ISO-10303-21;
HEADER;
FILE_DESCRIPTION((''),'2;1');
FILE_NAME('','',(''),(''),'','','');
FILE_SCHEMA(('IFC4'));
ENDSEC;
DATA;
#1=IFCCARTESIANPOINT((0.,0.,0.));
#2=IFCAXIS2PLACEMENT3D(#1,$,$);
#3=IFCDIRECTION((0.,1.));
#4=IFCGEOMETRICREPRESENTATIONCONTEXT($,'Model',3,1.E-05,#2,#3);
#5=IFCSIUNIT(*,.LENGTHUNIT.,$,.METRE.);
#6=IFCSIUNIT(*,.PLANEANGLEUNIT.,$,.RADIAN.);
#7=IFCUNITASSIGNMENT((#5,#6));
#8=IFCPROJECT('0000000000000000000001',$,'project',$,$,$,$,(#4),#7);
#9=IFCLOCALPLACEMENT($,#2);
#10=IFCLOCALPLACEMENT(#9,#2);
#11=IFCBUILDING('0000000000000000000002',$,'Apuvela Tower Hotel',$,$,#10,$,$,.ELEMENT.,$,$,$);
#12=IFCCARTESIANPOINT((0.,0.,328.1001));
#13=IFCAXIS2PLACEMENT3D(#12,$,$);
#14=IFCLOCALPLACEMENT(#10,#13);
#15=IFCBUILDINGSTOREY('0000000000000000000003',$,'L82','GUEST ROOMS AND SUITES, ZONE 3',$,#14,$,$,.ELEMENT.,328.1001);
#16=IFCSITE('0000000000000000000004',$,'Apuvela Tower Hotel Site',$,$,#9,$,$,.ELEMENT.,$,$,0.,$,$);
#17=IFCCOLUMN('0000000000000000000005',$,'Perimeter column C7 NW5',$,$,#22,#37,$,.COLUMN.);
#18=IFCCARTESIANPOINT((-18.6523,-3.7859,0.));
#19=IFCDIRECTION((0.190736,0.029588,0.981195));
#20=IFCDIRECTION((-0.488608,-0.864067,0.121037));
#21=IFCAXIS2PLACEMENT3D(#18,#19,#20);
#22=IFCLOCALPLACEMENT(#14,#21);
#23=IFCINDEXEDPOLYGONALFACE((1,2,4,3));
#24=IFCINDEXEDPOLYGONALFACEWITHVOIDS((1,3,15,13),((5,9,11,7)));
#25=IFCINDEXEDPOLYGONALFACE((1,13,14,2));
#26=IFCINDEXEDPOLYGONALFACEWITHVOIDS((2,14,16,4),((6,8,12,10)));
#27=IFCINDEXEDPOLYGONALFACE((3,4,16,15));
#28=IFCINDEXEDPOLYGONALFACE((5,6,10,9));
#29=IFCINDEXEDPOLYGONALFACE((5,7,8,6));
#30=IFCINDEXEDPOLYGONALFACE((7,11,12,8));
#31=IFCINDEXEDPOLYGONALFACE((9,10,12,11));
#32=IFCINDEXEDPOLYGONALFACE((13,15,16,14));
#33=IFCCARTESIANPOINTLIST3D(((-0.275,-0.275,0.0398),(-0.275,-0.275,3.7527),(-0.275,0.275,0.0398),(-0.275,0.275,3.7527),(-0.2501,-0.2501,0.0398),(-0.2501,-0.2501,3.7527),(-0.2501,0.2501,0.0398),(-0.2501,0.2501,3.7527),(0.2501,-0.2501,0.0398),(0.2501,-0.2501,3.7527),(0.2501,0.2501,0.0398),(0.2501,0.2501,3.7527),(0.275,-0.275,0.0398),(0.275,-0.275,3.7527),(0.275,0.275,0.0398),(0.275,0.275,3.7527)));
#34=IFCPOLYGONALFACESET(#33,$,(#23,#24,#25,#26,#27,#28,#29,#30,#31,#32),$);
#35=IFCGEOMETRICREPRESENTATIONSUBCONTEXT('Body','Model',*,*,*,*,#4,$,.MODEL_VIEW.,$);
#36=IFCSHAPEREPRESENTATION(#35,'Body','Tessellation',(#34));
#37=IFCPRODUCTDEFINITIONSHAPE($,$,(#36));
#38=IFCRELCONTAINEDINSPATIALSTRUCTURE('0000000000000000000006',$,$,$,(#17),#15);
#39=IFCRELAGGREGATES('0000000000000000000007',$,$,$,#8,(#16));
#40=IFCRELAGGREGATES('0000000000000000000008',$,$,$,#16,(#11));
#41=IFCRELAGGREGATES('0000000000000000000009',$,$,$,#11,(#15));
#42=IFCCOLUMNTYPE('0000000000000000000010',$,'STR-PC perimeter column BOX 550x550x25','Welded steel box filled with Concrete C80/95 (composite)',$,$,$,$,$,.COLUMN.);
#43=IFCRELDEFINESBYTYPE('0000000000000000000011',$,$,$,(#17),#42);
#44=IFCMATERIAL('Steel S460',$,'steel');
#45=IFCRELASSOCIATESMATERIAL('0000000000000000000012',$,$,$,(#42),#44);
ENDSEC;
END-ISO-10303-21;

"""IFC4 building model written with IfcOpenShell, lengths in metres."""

from ifc_helpers import new_model, si_unit, direction, frame, origin, origin_2d, place, context, subcontext, project, spatial, rectangle, hollow_rectangle, extrude, boolean, halfspace, material, material_profile, profile_set, type_object, element, save


model = new_model("IFC4")

# Units and contexts
model_context = context("Model", 3, precision=1e-05, world=origin(), true_north=direction((0.0, 1.0)))
body_context = subcontext(model_context, "Body", "Model", "MODEL_VIEW")
ifc_project = project(units=[si_unit("LENGTHUNIT", "METRE"), si_unit("PLANEANGLEUNIT", "RADIAN")], contexts=[model_context])

# Site, building, storey
site_placement = place(None, origin())
site = spatial("IfcSite", under=ifc_project, at=site_placement, Name="Apuvela Tower Hotel Site", CompositionType="ELEMENT", RefElevation=0.0)
building_placement = place(site_placement, origin())
building = spatial("IfcBuilding", under=site, at=building_placement, Name="Apuvela Tower Hotel", CompositionType="ELEMENT")
storey_placement = place(building_placement, frame((0.0, 0.0, 328.1001)))
storey = spatial("IfcBuildingStorey", under=building, at=storey_placement, Name="L82", Description="GUEST ROOMS AND SUITES, ZONE 3", CompositionType="ELEMENT", Elevation=328.1001)

# Column
ifc_material_1 = material(Name="Steel S460", Category="steel")
ifc_material_profile_1 = material_profile(ifc_material_1, hollow_rectangle(XDim=0.55, YDim=0.55, WallThickness=0.0249, at=origin_2d()), Name="BOX 550x550x25")
ifc_material_2 = material(Name="Concrete C80/95", Category="concrete")
ifc_material_profile_2 = material_profile(ifc_material_2, rectangle(XDim=0.5, YDim=0.5, at=origin_2d()), Name="Concrete C80/95 infill")
ifc_profile_set_1 = profile_set([ifc_material_profile_1, ifc_material_profile_2], Name="Steel S460")
column_type = type_object("IfcColumnType", Name="STR-PC perimeter column BOX 550x550x25", Description="Welded steel box filled with Concrete C80/95 (composite)", PredefinedType="COLUMN", material=ifc_profile_set_1)
column_placement = place(storey_placement, frame((-18.6523, -3.7859, 0.0), z_axis=(0.190736, 0.029588, 0.981195), x_axis=(-0.488608, -0.864067, 0.121037)))
element("IfcColumn", 1, at=column_placement, inside=storey, type_object=column_type, Name="Perimeter column C7 NW5", PredefinedType="COLUMN", context=body_context, shape_type="SweptSolid", body=[
    boolean("DIFFERENCE", boolean("DIFFERENCE", extrude(hollow_rectangle(XDim=0.55, YDim=0.55, WallThickness=0.0249, at=origin_2d()), origin(), (0.0, 0.0, 1.0), 3.7708), halfspace(frame((0.0, 0.0, 0.0398), z_axis=(0.0, 0.0, 1.0), x_axis=(1.0, 0.0, 0.0)), True)), halfspace(frame((0.0, 0.0, 3.7527), z_axis=(0.0, 0.0, 1.0), x_axis=(1.0, 0.0, 0.0)), False)),
])

save(model, "model.ifc")
